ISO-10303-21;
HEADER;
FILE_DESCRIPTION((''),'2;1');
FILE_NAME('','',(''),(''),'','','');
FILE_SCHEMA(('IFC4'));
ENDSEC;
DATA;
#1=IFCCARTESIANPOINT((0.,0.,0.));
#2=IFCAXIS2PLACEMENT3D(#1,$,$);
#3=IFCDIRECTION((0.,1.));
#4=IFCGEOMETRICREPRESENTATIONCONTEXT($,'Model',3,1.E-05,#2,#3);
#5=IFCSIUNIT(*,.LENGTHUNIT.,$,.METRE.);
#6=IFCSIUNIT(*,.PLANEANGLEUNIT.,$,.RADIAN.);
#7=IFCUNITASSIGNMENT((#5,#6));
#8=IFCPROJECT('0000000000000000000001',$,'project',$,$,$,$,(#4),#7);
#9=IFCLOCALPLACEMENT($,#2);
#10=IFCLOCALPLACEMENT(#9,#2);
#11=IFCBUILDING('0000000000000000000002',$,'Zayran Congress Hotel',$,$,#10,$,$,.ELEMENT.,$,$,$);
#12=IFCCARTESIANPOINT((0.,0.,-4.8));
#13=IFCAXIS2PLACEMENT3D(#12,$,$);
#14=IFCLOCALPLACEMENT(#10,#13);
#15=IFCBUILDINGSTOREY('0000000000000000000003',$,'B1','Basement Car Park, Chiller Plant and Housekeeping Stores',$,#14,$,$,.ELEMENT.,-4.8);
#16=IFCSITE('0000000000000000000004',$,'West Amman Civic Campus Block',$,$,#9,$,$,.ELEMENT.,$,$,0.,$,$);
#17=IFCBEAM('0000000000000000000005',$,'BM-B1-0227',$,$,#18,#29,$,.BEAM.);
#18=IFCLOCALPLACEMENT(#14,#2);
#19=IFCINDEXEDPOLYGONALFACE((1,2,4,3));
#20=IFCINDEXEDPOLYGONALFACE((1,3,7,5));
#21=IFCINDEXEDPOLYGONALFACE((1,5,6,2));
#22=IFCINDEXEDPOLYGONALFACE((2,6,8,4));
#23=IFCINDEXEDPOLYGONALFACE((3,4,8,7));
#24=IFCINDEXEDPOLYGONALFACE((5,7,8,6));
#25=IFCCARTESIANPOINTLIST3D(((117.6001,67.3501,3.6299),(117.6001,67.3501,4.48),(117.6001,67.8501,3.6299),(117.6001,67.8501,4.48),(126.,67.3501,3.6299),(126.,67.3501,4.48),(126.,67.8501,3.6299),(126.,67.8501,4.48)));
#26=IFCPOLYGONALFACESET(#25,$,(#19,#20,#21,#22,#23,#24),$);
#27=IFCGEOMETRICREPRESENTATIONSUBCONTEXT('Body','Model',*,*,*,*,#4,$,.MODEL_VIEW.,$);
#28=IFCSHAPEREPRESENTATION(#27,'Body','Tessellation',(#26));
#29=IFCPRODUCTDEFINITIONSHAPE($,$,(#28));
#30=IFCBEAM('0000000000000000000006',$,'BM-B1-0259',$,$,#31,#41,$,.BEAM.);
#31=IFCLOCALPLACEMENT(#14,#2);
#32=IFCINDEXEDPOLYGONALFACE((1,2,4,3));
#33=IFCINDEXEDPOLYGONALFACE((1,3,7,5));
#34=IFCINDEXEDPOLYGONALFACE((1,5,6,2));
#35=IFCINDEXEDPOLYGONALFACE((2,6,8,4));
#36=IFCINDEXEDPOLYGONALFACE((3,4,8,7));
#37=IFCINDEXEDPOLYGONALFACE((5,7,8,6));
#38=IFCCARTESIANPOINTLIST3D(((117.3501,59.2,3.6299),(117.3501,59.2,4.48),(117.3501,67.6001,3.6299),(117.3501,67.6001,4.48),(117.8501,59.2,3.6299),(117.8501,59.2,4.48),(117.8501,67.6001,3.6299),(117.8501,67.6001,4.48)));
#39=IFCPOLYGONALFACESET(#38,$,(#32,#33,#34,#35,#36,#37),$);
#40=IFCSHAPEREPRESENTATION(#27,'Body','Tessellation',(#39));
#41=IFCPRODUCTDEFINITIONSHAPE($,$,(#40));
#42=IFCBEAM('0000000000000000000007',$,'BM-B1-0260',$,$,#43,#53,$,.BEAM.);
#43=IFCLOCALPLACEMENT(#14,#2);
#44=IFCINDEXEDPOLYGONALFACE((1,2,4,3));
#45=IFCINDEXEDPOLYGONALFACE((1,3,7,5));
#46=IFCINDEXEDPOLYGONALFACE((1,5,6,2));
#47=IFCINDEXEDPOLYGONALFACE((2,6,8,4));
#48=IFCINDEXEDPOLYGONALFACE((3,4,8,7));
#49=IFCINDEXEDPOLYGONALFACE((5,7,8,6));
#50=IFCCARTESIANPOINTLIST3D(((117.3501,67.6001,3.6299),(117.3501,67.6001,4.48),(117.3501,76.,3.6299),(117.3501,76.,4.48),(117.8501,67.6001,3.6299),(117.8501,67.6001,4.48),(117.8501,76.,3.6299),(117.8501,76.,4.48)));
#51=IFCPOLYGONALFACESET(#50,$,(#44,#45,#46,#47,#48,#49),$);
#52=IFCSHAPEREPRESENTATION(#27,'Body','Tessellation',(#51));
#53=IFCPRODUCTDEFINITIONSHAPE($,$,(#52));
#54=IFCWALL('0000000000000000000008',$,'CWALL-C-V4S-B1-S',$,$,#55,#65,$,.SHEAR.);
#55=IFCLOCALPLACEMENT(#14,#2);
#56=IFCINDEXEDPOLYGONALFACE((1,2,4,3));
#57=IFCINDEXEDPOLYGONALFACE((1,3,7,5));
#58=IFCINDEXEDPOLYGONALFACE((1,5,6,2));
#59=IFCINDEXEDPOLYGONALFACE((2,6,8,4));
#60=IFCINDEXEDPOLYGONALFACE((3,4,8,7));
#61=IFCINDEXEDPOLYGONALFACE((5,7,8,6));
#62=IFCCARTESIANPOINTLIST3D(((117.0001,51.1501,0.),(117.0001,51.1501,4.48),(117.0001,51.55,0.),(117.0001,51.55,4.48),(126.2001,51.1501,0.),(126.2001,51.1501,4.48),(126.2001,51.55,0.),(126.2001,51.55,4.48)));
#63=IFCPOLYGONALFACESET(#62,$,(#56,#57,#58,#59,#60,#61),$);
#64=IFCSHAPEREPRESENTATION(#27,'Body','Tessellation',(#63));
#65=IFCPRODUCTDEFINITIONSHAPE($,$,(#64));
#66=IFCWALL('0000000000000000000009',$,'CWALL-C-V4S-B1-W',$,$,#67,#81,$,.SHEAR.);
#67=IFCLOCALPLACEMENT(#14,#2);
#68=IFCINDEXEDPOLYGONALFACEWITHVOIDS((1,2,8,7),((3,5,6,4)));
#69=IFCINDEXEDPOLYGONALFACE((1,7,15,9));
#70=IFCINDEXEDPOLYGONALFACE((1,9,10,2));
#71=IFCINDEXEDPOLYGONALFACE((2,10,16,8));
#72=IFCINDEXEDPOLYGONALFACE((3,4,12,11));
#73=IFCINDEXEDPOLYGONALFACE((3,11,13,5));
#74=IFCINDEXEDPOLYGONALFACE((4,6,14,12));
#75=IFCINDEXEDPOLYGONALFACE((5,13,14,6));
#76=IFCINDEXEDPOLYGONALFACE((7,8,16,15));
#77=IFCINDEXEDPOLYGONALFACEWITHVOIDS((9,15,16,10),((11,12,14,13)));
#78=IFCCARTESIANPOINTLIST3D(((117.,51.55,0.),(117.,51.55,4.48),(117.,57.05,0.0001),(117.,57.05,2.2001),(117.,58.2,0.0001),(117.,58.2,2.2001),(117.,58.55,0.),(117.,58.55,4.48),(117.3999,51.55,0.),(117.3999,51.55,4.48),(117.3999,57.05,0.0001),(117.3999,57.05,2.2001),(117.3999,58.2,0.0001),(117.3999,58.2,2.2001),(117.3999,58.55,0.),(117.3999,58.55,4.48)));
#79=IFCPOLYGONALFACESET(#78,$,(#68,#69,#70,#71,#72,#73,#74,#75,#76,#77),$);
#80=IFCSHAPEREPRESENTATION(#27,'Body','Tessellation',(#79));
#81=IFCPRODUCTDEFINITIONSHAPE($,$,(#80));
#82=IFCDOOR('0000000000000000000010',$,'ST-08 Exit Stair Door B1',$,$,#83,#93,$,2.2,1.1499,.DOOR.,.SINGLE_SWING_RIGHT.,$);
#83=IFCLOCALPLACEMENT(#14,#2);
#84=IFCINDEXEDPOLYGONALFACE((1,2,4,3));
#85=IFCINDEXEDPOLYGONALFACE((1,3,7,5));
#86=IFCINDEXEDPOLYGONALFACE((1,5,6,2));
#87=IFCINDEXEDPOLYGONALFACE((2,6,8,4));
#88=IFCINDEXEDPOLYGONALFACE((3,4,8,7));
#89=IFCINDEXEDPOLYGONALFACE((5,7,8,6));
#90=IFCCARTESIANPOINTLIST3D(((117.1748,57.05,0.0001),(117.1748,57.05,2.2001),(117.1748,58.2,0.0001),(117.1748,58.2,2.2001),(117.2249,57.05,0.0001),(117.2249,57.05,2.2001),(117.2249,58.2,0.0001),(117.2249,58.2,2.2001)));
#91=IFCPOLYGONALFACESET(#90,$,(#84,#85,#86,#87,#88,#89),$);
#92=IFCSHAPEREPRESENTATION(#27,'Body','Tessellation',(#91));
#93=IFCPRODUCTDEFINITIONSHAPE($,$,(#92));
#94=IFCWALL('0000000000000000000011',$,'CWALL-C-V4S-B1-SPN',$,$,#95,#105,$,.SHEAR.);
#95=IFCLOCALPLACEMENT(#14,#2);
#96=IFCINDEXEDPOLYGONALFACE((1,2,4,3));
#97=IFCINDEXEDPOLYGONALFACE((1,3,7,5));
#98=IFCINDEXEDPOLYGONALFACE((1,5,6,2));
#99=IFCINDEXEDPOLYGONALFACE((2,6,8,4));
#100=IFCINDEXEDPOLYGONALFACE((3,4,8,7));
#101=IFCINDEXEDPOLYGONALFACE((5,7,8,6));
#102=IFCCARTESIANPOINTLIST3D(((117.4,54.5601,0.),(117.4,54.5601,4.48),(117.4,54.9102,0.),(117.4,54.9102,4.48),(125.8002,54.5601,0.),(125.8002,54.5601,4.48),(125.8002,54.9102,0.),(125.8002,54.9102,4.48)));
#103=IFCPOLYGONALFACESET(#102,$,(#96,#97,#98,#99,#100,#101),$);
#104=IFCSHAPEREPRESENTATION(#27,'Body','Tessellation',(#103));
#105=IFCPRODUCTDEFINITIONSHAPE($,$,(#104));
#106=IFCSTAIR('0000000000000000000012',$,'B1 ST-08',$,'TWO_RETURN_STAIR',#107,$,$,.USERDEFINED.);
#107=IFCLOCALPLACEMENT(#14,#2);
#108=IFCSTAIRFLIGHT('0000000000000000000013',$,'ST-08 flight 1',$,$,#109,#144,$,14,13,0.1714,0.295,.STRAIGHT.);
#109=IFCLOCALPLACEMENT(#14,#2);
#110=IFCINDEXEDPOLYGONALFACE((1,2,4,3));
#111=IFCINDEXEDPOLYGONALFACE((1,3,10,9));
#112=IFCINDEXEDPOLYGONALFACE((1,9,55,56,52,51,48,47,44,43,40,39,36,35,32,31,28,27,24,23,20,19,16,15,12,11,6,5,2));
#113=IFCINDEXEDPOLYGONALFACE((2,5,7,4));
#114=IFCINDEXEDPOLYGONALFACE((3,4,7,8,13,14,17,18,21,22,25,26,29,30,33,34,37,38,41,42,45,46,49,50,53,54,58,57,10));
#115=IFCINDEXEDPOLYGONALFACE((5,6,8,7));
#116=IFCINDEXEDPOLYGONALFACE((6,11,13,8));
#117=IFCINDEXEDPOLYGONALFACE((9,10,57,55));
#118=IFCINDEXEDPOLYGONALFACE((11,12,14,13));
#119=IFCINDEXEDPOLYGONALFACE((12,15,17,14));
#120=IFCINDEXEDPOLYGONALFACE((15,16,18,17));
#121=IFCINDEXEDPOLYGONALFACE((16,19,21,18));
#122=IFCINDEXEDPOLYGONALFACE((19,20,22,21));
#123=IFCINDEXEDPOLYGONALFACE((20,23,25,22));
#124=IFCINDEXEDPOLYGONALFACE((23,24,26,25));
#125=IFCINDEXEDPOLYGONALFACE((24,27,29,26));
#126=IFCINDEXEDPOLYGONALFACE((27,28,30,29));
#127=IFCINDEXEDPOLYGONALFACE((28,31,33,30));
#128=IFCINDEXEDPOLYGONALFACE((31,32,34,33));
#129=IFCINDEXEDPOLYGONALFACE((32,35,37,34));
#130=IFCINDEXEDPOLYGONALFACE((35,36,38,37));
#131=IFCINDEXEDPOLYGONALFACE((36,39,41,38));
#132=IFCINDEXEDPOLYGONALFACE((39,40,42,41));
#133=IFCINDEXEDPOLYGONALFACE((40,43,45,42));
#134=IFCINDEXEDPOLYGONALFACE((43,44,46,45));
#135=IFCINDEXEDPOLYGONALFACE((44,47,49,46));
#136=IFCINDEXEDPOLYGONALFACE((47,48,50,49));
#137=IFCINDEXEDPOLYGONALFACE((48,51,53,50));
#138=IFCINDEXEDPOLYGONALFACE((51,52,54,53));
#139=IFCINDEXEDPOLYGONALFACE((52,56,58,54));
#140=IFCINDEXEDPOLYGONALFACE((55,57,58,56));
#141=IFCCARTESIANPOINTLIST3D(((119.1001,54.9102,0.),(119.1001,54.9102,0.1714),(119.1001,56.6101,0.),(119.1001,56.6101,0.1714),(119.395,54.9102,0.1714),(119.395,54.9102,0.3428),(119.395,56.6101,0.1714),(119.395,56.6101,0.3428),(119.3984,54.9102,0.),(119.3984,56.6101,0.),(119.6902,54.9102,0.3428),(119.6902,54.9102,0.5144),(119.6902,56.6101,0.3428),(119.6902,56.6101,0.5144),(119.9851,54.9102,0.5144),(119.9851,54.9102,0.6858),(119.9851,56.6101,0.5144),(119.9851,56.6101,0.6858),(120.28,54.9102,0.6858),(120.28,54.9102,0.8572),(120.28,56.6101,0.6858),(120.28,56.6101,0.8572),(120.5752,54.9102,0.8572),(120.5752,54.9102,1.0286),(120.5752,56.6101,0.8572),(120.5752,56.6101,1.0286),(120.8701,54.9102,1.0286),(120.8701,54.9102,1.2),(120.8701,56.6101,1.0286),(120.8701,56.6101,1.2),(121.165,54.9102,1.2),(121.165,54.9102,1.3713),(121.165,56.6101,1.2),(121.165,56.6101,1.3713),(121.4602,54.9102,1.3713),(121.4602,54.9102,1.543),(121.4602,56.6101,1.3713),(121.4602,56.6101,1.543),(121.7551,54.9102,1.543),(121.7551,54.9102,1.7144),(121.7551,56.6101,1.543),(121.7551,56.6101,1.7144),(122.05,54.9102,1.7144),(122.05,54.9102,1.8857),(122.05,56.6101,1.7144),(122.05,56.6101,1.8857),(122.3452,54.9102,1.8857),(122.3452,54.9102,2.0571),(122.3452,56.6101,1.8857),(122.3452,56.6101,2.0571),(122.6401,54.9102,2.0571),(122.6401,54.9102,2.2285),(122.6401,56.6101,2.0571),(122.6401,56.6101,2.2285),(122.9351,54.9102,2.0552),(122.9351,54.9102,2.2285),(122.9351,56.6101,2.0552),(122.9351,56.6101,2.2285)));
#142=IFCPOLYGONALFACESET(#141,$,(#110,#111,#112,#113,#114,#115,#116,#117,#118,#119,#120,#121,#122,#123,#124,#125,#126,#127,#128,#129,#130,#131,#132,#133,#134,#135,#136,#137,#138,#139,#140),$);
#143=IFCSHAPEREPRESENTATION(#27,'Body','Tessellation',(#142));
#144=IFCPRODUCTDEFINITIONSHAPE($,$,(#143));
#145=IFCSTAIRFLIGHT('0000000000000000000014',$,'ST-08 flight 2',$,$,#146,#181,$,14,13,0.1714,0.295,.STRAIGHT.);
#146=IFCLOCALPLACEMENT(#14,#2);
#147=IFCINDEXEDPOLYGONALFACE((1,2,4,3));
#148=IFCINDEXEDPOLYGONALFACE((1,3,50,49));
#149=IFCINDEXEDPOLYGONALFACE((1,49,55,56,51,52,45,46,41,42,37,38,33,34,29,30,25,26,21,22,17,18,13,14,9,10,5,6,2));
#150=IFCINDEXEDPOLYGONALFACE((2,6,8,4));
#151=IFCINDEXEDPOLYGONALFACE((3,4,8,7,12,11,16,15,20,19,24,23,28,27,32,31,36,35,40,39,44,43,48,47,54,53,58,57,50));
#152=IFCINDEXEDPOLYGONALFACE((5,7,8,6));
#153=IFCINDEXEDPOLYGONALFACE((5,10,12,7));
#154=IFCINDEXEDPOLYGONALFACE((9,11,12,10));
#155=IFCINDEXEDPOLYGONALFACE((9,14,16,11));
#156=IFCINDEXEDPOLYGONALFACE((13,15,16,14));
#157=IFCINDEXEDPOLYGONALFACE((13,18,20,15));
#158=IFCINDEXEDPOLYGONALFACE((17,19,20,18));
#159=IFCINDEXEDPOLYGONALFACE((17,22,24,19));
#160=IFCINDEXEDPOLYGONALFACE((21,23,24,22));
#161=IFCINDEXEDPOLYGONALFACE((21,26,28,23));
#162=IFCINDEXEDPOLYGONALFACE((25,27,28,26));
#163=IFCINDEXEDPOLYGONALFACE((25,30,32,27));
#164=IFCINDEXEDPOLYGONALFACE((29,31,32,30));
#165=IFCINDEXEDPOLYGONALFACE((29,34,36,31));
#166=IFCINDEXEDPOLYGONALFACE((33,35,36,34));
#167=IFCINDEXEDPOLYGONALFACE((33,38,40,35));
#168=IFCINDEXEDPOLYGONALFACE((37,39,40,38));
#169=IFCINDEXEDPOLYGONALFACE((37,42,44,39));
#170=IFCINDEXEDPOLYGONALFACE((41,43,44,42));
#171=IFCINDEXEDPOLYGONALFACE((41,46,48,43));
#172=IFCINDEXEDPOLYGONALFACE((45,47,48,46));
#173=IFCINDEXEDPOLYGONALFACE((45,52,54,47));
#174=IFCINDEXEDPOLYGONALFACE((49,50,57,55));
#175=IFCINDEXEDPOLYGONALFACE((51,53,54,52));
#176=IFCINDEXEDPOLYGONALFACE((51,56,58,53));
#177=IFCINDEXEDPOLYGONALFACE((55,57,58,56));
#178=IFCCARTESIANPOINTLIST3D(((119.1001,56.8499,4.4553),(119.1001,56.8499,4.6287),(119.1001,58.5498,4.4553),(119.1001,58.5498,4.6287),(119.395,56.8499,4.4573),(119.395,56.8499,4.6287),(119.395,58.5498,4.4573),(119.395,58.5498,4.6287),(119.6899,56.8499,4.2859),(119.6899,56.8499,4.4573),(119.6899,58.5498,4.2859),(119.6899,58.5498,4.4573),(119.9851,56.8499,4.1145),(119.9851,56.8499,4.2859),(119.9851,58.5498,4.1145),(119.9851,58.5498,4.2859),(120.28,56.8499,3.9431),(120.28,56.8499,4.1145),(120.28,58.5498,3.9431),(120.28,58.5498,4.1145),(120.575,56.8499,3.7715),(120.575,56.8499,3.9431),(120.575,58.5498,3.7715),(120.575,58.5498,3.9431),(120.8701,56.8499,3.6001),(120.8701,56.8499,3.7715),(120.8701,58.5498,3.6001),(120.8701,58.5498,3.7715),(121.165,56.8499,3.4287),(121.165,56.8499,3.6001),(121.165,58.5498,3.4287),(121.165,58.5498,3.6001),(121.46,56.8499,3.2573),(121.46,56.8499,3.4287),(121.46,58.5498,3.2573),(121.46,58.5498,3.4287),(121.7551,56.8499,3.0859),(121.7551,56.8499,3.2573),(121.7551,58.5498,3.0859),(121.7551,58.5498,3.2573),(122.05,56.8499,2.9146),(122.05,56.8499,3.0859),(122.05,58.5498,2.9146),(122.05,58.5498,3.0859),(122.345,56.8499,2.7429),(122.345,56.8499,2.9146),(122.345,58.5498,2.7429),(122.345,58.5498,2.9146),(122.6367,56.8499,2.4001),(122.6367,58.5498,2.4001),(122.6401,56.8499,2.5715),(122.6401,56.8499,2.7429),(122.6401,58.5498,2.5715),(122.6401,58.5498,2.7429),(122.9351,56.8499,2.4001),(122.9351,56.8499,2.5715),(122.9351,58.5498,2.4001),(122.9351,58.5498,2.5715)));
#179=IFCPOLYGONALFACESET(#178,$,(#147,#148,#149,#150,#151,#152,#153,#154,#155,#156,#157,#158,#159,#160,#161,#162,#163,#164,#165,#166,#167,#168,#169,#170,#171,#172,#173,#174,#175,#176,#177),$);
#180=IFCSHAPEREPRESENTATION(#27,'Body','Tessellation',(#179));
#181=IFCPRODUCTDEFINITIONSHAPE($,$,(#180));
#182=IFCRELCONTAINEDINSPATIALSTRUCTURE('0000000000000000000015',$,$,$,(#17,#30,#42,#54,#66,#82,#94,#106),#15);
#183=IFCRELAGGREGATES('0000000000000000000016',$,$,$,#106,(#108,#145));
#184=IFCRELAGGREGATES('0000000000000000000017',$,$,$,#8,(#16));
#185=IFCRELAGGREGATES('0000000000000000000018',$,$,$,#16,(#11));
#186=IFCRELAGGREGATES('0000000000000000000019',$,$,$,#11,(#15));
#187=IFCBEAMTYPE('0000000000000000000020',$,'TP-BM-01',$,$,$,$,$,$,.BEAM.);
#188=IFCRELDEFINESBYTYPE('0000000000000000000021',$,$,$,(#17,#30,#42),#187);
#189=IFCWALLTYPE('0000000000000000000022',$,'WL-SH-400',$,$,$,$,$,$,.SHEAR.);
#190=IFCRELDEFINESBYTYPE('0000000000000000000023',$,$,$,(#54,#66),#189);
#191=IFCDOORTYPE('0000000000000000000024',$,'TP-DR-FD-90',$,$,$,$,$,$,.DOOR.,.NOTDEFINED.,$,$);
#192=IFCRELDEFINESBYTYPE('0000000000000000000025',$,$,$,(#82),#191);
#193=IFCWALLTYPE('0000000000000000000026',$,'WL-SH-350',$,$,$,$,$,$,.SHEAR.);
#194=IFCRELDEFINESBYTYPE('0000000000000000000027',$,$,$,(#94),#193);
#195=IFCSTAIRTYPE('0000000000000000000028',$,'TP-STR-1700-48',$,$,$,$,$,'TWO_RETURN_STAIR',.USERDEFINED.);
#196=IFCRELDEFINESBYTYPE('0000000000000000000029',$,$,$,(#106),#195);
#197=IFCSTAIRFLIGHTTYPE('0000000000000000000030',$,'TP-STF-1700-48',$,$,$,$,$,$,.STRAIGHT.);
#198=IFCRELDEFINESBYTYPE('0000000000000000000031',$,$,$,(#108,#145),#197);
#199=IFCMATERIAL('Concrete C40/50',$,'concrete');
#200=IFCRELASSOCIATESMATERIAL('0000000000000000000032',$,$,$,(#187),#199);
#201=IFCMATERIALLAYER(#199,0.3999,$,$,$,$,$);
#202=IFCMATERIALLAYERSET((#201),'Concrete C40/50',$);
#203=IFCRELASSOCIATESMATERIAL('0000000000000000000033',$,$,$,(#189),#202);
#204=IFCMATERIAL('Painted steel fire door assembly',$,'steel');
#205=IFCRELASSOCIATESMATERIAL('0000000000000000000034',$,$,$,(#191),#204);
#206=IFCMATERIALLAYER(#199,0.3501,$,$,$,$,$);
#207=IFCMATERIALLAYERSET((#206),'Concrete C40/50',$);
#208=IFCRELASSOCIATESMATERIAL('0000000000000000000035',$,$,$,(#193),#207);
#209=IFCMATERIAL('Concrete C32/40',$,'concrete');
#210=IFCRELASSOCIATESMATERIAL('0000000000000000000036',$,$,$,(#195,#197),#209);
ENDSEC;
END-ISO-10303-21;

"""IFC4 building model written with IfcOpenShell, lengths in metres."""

from ifc_helpers import new_model, si_unit, direction, frame, frame_2d, origin, origin_2d, place, context, subcontext, project, spatial, polyline, rectangle, outline, extrude, material, layer, layer_set, material_profile, profile_set, type_object, element, fill, aggregate, save


model = new_model("IFC4")

# Units and contexts
model_context = context("Model", 3, precision=1e-05, world=origin(), true_north=direction((0.0, 1.0)))
body_context = subcontext(model_context, "Body", "Model", "MODEL_VIEW")
ifc_project = project(units=[si_unit("LENGTHUNIT", "METRE"), si_unit("PLANEANGLEUNIT", "RADIAN")], contexts=[model_context])

# Site, building, storey
site_placement = place(None, origin())
site = spatial("IfcSite", under=ifc_project, at=site_placement, Name="West Amman Civic Campus Block", CompositionType="ELEMENT", RefElevation=0.0)
building_placement = place(site_placement, origin())
building = spatial("IfcBuilding", under=site, at=building_placement, Name="Zayran Congress Hotel", CompositionType="ELEMENT")
storey_placement = place(building_placement, frame((0.0, 0.0, -4.8)))
storey = spatial("IfcBuildingStorey", under=building, at=storey_placement, Name="B1", Description="Basement Car Park, Chiller Plant and Housekeeping Stores", CompositionType="ELEMENT", Elevation=-4.8)

# Shared definitions
ifc_material_1 = material(Name="Concrete C40/50", Category="concrete")

# Beams
ifc_material_profile_1 = material_profile(ifc_material_1, rectangle(XDim=0.5, YDim=0.8501, at=origin_2d()), Name="RC 500x850")
ifc_profile_set_1 = profile_set([ifc_material_profile_1], Name="Concrete C40/50")
beam_type = type_object("IfcBeamType", Name="TP-BM-01", PredefinedType="BEAM", material=ifc_profile_set_1)
for number, where, z_axis, x_axis, name in (
    (1, (117.6001, 67.6001, 4.0549), (1.0, 0.0, 0.0), (0.0, 1.0, 0.0), "BM-B1-0227"),
):
    element("IfcBeam", number, at=place(storey_placement, frame(where, z_axis=z_axis, x_axis=x_axis)), inside=storey, type_object=beam_type, Name=name, PredefinedType="BEAM", context=body_context, shape_type="SweptSolid", body=[
        extrude(rectangle(XDim=0.5, YDim=0.8501, at=origin_2d()), origin(), (0.0, 0.0, 1.0), 8.3999),
    ])
beam_1_placement = place(storey_placement, frame((117.6001, 59.2, 4.0549), z_axis=(0.0, 1.0, 0.0), x_axis=(-1.0, 0.0, 0.0)))
element("IfcBeam", 2, at=beam_1_placement, inside=storey, type_object=beam_type, Name="BM-B1-0259", PredefinedType="BEAM", context=body_context, shape_type="SweptSolid", body=[
    extrude(rectangle(XDim=0.5, YDim=0.8501, at=origin_2d()), origin(), (0.0, 0.0, 1.0), 8.4001),
])
beam_2_placement = place(storey_placement, frame((117.6001, 67.6001, 4.0549), z_axis=(0.0, 1.0, 0.0), x_axis=(-1.0, 0.0, 0.0)))
element("IfcBeam", 3, at=beam_2_placement, inside=storey, type_object=beam_type, Name="BM-B1-0260", PredefinedType="BEAM", context=body_context, shape_type="SweptSolid", body=[
    extrude(rectangle(XDim=0.5, YDim=0.8501, at=origin_2d()), origin(), (0.0, 0.0, 1.0), 8.3999),
])

# Wall
ifc_layer_1 = layer(ifc_material_1, 0.3999)
ifc_layer_set_1 = layer_set([ifc_layer_1], Name="Concrete C40/50")
wall_type_1 = type_object("IfcWallType", Name="WL-SH-400", PredefinedType="SHEAR", material=ifc_layer_set_1)
wall_1_placement = place(storey_placement, frame((117.0, 51.3501, 0.0), z_axis=(0.0, 0.0, 1.0), x_axis=(1.0, 0.0, 0.0)))
element("IfcWall", 4, at=wall_1_placement, inside=storey, type_object=wall_type_1, Name="CWALL-C-V4S-B1-S", PredefinedType="SHEAR", context=body_context, shape_type="SweptSolid", body=[
    extrude(rectangle(XDim=9.2, YDim=0.3999, at=frame_2d((4.6001, 0.0))), origin(), (0.0, 0.0, 1.0), 4.48),
])

# Wall, opening, door
wall_2_placement = place(storey_placement, frame((117.2, 58.55, 0.0), z_axis=(0.0, 0.0, 1.0), x_axis=(0.0, -1.0, 0.0)))
wall_2 = element("IfcWall", 5, at=wall_2_placement, inside=storey, type_object=wall_type_1, Name="CWALL-C-V4S-B1-W", PredefinedType="SHEAR", context=body_context, shape_type="SweptSolid", body=[
    extrude(rectangle(XDim=7.0, YDim=0.3999, at=frame_2d((3.5, 0.0))), origin(), (0.0, 0.0, 1.0), 4.48),
])
opening_placement = place(wall_2_placement, frame((0.3501, 0.0, 0.0)))
opening = element("IfcOpeningElement", 6, at=opening_placement, cuts=wall_2, PredefinedType="OPENING", context=body_context, shape_type="SweptSolid", body=[
    extrude(rectangle(XDim=1.1499, YDim=2.2, at=frame_2d((0.575, 1.1001))), frame((0.0, 0.21, 0.0), z_axis=(0.0, -1.0, 0.0), x_axis=(1.0, 0.0, 0.0)), (0.0, 0.0, 1.0), 0.4199),
])
ifc_material_2 = material(Name="Painted steel fire door assembly", Category="steel")
door_type = type_object("IfcDoorType", Name="TP-DR-FD-90", OperationType="NOTDEFINED", PredefinedType="DOOR", material=ifc_material_2)
door_placement = place(opening_placement, origin())
door = element("IfcDoor", 7, at=door_placement, inside=storey, type_object=door_type, Name="ST-08 Exit Stair Door B1", OperationType="SINGLE_SWING_RIGHT", OverallHeight=2.2, OverallWidth=1.1499, PredefinedType="DOOR", context=body_context, shape_type="SweptSolid", body=[
    extrude(rectangle(XDim=1.1499, YDim=2.2, at=frame_2d((0.575, 1.1001))), frame((0.0, 0.0249, 0.0), z_axis=(0.0, -1.0, 0.0), x_axis=(1.0, 0.0, 0.0)), (0.0, 0.0, 1.0), 0.05),
])
fill(opening, door)

# Wall
ifc_layer_2 = layer(ifc_material_1, 0.3501)
ifc_layer_set_2 = layer_set([ifc_layer_2], Name="Concrete C40/50")
wall_type_2 = type_object("IfcWallType", Name="WL-SH-350", PredefinedType="SHEAR", material=ifc_layer_set_2)
wall_3_placement = place(storey_placement, frame((117.3999, 54.7351, 0.0), z_axis=(0.0, 0.0, 1.0), x_axis=(1.0, 0.0, 0.0)))
element("IfcWall", 8, at=wall_3_placement, inside=storey, type_object=wall_type_2, Name="CWALL-C-V4S-B1-SPN", PredefinedType="SHEAR", context=body_context, shape_type="SweptSolid", body=[
    extrude(rectangle(XDim=8.4001, YDim=0.3501, at=frame_2d((4.2002, 0.0))), origin(), (0.0, 0.0, 1.0), 4.48),
])

# Stair, stair flights
ifc_material_3 = material(Name="Concrete C32/40", Category="concrete")
stair_type = type_object("IfcStairType", Name="TP-STR-1700-48", ElementType="TWO_RETURN_STAIR", PredefinedType="USERDEFINED", material=ifc_material_3)
stair_placement = place(storey_placement, origin())
stair = element("IfcStair", 9, at=stair_placement, inside=storey, type_object=stair_type, Name="B1 ST-08", ObjectType="TWO_RETURN_STAIR", PredefinedType="USERDEFINED")
stair_flight_type = type_object("IfcStairFlightType", Name="TP-STF-1700-48", PredefinedType="STRAIGHT", material=ifc_material_3)
stair_flight_1_placement = place(storey_placement, frame((119.1001, 55.76, 0.0), z_axis=(0.0, 0.0, 1.0), x_axis=(1.0, 0.0, 0.0)))
stair_flight_1 = element("IfcStairFlight", 10, at=stair_flight_1_placement, type_object=stair_flight_type, Name="ST-08 flight 1", NumberOfRisers=14, NumberOfTreads=13, PredefinedType="STRAIGHT", RiserHeight=0.1714, TreadLength=0.295, context=body_context, shape_type="SweptSolid", body=[
    extrude(outline(polyline([(0.0, 0.0), (0.0, 0.1714), (0.2949, 0.1714), (0.2949, 0.3428), (0.5901, 0.3428), (0.5901, 0.5144), (0.885, 0.5144), (0.885, 0.6858), (1.1799, 0.6858), (1.1799, 0.8572), (1.4751, 0.8572), (1.4751, 1.0286), (1.77, 1.0286), (1.77, 1.2), (2.0649, 1.2), (2.0649, 1.3713), (2.3601, 1.3713), (2.3601, 1.543), (2.655, 1.543), (2.655, 1.7144), (2.95, 1.7144), (2.95, 1.8857), (3.2451, 1.8857), (3.2451, 2.0571), (3.54, 2.0571), (3.54, 2.2285), (3.835, 2.2285), (3.835, 2.3999), (3.835, 2.0552), (0.2983, 0.0), (0.0, 0.0)])), frame((0.0, 0.8501, 0.0), z_axis=(0.0, -1.0, 0.0), x_axis=(1.0, 0.0, 0.0)), (0.0, 0.0, 1.0), 1.7),
])
stair_flight_2_placement = place(storey_placement, frame((122.9351, 57.7, 2.4001), z_axis=(0.0, 0.0, 1.0), x_axis=(-1.0, 0.0, 0.0)))
stair_flight_2 = element("IfcStairFlight", 11, at=stair_flight_2_placement, type_object=stair_flight_type, Name="ST-08 flight 2", NumberOfRisers=14, NumberOfTreads=13, PredefinedType="STRAIGHT", RiserHeight=0.1714, TreadLength=0.295, context=body_context, shape_type="SweptSolid", body=[
    extrude(outline(polyline([(0.0, 0.0), (0.0, 0.1714), (0.2949, 0.1714), (0.2949, 0.3428), (0.5901, 0.3428), (0.5901, 0.5144), (0.885, 0.5144), (0.885, 0.6858), (1.1799, 0.6858), (1.1799, 0.8572), (1.4751, 0.8572), (1.4751, 1.0286), (1.77, 1.0286), (1.77, 1.2), (2.0649, 1.2), (2.0649, 1.3713), (2.3601, 1.3713), (2.3601, 1.543), (2.655, 1.543), (2.655, 1.7144), (2.95, 1.7144), (2.95, 1.8857), (3.2451, 1.8857), (3.2451, 2.0571), (3.54, 2.0571), (3.54, 2.2285), (3.835, 2.2285), (3.835, 2.3999), (3.835, 2.0552), (0.2983, 0.0), (0.0, 0.0)])), frame((0.0, 0.8501, 0.0), z_axis=(0.0, -1.0, 0.0), x_axis=(1.0, 0.0, 0.0)), (0.0, 0.0, 1.0), 1.7),
])
aggregate(stair, [stair_flight_1, stair_flight_2])

save(model, "model.ifc")
